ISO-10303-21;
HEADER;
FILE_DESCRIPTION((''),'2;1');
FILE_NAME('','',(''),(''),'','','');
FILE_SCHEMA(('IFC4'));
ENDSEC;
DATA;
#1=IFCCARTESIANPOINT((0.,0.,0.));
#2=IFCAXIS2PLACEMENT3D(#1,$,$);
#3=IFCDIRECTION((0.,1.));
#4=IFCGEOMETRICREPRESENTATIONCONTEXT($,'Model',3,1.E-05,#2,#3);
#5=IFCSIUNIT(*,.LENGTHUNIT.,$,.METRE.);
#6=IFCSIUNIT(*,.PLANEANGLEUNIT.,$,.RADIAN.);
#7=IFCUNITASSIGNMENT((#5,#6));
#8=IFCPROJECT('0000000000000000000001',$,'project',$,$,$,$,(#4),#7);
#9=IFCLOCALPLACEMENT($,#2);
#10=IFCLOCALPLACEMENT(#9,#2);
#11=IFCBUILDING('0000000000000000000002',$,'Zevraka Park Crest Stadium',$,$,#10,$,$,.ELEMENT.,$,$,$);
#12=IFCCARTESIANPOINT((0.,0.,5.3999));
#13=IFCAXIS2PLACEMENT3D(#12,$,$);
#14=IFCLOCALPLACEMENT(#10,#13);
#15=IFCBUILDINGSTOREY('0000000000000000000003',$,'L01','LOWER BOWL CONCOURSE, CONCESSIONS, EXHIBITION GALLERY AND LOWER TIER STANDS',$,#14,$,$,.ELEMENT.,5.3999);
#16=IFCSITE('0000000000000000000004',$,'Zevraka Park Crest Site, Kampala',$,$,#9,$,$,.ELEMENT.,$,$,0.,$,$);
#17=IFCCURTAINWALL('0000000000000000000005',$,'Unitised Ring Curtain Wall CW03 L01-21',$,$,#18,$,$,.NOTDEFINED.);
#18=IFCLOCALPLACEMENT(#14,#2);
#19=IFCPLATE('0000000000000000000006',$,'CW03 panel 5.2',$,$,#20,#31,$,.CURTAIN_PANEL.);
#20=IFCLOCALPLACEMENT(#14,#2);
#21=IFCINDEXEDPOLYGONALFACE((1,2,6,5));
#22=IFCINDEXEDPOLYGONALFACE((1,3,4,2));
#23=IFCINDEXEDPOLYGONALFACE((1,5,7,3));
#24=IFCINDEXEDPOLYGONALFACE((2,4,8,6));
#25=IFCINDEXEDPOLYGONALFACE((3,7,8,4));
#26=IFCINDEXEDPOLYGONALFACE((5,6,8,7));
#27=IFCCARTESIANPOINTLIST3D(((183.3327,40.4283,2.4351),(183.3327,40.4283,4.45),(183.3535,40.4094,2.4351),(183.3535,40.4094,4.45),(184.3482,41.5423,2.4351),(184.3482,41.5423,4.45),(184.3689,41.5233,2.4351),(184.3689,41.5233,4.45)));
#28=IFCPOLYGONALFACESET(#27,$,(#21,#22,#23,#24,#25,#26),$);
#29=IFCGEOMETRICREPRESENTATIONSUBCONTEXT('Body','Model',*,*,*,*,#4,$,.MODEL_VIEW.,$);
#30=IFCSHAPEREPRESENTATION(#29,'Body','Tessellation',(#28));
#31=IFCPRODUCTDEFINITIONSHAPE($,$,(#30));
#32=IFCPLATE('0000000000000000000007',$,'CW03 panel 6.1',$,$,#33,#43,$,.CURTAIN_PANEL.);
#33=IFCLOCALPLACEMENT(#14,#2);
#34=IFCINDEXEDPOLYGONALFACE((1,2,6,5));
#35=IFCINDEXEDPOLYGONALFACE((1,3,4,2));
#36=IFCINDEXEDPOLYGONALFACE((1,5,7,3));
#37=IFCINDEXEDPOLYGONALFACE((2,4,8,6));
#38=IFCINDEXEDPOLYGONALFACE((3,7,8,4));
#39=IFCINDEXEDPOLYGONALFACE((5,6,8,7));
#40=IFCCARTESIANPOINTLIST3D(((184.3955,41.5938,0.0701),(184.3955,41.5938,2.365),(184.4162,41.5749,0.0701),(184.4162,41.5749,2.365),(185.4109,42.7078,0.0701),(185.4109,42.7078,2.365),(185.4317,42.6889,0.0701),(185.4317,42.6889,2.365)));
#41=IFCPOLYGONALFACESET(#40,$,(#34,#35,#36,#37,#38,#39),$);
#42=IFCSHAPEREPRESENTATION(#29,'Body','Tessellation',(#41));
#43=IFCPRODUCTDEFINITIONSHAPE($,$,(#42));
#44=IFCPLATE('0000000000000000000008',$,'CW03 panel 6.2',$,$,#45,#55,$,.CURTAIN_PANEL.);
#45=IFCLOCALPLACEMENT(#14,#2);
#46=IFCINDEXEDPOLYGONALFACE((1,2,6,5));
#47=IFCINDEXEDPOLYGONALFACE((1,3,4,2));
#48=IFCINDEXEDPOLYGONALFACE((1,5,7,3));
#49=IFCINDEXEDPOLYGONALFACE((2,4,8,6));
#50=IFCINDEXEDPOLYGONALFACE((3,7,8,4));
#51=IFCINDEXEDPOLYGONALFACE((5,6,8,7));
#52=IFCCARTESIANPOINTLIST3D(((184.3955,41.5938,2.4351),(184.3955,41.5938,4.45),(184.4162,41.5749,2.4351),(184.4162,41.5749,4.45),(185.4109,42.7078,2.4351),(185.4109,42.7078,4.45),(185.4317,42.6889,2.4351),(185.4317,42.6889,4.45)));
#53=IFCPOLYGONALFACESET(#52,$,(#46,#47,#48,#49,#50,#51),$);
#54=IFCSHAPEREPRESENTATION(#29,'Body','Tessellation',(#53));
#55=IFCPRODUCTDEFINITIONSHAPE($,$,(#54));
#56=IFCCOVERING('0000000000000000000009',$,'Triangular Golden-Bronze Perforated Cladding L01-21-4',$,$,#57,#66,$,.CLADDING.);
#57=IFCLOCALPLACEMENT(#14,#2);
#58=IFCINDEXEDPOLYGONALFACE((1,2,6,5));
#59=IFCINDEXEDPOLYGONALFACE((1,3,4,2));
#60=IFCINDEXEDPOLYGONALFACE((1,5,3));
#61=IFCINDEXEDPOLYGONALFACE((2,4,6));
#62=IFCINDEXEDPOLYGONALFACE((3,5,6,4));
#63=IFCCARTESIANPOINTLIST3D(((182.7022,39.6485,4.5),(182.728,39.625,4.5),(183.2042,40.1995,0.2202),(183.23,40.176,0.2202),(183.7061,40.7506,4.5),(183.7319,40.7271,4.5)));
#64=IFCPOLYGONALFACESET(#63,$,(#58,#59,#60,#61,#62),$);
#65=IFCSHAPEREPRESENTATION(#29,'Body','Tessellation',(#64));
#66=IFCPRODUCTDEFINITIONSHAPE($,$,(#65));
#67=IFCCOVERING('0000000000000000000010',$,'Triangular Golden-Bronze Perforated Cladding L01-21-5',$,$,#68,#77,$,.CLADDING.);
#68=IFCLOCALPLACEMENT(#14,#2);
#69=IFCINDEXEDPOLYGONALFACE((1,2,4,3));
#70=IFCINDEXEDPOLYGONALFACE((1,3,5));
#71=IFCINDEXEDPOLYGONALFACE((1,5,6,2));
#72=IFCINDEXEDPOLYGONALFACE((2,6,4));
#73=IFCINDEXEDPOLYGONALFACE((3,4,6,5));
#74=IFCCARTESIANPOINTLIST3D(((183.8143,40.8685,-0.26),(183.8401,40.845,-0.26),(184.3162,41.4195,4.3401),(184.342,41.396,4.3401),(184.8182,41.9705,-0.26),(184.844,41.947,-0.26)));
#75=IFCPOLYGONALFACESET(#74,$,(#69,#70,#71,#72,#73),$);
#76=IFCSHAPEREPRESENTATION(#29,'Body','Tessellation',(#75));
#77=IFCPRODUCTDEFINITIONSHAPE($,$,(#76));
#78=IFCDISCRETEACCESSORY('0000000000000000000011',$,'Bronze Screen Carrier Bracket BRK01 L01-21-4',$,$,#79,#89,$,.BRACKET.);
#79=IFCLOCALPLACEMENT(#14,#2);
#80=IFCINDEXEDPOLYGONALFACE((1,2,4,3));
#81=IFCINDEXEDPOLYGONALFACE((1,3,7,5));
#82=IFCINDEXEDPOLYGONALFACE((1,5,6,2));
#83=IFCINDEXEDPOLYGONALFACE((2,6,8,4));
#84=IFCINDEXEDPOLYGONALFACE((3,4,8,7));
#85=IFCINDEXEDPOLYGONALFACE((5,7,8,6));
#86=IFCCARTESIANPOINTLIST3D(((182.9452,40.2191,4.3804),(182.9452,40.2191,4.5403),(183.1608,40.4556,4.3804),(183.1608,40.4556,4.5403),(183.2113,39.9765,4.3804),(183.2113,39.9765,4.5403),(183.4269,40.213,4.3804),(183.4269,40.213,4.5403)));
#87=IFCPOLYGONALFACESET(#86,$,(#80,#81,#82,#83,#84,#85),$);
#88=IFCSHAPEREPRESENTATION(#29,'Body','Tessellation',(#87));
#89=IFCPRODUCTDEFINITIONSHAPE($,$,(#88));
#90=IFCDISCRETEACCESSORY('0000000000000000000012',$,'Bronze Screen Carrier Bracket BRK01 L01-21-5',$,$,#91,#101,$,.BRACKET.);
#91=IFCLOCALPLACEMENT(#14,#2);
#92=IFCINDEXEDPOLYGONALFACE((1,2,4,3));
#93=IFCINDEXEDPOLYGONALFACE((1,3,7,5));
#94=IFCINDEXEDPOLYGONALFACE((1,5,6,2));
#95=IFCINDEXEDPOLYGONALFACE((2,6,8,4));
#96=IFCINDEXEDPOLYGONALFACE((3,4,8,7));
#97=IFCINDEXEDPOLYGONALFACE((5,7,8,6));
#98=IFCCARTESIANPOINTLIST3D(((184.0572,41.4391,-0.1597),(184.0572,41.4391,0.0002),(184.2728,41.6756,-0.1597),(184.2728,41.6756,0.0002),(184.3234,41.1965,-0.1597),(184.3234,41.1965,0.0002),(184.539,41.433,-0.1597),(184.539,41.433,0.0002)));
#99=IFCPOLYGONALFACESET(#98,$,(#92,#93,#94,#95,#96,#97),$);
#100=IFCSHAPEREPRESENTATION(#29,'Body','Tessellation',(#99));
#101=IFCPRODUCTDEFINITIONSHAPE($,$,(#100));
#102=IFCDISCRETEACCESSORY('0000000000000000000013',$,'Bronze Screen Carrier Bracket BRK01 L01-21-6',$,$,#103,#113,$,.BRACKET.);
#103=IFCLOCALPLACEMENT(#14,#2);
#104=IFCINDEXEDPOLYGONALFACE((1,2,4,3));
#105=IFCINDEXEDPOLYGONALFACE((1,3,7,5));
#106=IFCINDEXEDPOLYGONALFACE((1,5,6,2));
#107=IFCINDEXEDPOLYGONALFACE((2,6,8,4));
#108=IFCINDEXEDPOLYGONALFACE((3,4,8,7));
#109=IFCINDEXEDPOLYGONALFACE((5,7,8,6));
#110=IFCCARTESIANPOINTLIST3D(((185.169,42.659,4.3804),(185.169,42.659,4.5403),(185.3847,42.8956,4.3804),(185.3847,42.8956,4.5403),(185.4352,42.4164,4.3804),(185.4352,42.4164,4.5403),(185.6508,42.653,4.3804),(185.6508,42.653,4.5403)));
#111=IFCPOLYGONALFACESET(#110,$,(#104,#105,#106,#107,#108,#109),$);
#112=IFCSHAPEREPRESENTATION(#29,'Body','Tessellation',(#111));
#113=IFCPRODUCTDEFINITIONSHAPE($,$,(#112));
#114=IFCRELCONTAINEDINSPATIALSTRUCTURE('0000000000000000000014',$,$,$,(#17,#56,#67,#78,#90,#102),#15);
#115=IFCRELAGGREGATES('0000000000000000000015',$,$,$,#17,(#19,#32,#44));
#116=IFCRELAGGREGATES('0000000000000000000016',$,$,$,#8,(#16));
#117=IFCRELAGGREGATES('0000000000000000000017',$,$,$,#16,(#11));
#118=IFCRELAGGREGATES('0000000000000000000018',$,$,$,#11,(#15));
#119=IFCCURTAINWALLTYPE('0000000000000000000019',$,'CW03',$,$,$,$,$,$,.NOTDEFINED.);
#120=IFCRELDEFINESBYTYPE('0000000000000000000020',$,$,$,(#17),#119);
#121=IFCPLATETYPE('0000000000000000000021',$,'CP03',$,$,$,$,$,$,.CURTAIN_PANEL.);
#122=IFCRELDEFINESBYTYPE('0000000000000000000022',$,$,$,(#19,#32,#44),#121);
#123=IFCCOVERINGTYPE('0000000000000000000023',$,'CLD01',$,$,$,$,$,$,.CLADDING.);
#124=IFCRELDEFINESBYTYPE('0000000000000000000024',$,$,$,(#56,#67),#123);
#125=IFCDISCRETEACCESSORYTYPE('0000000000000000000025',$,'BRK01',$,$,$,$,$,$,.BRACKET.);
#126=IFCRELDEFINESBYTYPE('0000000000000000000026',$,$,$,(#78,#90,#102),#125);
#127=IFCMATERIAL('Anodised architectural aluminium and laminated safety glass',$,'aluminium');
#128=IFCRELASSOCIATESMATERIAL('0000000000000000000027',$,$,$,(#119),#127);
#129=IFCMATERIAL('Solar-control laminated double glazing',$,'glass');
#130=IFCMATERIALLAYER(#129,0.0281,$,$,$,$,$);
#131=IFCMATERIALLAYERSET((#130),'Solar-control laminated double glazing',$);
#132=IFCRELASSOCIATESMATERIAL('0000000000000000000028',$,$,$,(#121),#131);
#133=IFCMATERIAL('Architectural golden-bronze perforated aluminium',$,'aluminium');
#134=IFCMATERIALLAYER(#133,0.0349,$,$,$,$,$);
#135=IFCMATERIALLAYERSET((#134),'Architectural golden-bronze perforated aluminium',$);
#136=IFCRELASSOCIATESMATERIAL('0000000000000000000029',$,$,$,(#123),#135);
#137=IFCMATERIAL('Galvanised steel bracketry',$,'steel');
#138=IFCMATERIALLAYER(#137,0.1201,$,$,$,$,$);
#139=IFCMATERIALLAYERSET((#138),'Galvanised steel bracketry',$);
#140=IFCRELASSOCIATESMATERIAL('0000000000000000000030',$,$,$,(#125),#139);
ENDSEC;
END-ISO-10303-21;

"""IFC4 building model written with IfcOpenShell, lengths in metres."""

from ifc_helpers import new_model, si_unit, direction, frame, origin, origin_2d, place, context, subcontext, project, spatial, polyline, rectangle, outline, extrude, material, layer, layer_set, type_object, element, aggregate, save


model = new_model("IFC4")

# Units and contexts
model_context = context("Model", 3, precision=1e-05, world=origin(), true_north=direction((0.0, 1.0)))
body_context = subcontext(model_context, "Body", "Model", "MODEL_VIEW")
ifc_project = project(units=[si_unit("LENGTHUNIT", "METRE"), si_unit("PLANEANGLEUNIT", "RADIAN")], contexts=[model_context])

# Site, building, storey
site_placement = place(None, origin())
site = spatial("IfcSite", under=ifc_project, at=site_placement, Name="Zevraka Park Crest Site, Kampala", CompositionType="ELEMENT", RefElevation=0.0)
building_placement = place(site_placement, origin())
building = spatial("IfcBuilding", under=site, at=building_placement, Name="Zevraka Park Crest Stadium", CompositionType="ELEMENT")
storey_placement = place(building_placement, frame((0.0, 0.0, 5.3999)))
storey = spatial("IfcBuildingStorey", under=building, at=storey_placement, Name="L01", Description="LOWER BOWL CONCOURSE, CONCESSIONS, EXHIBITION GALLERY AND LOWER TIER STANDS", CompositionType="ELEMENT", Elevation=5.3999)

# Curtain wall, plates
ifc_material_1 = material(Name="Anodised architectural aluminium and laminated safety glass", Category="aluminium")
curtain_wall_type = type_object("IfcCurtainWallType", Name="CW03", PredefinedType="NOTDEFINED", material=ifc_material_1)
curtain_wall_placement = place(storey_placement, origin())
curtain_wall = element("IfcCurtainWall", 1, at=curtain_wall_placement, inside=storey, type_object=curtain_wall_type, Name="Unitised Ring Curtain Wall CW03 L01-21", PredefinedType="NOTDEFINED")
ifc_material_2 = material(Name="Solar-control laminated double glazing", Category="glass")
ifc_layer_1 = layer(ifc_material_2, 0.0281)
ifc_layer_set_1 = layer_set([ifc_layer_1], Name="Solar-control laminated double glazing")
plate_type = type_object("IfcPlateType", Name="CP03", PredefinedType="CURTAIN_PANEL", material=ifc_layer_set_1)
plate_1_placement = place(storey_placement, frame((183.8508, 40.9758, 2.4351), z_axis=(0.0, 0.0, 1.0), x_axis=(0.67368, 0.739023, 0.0)))
plate_1 = element("IfcPlate", 2, at=plate_1_placement, type_object=plate_type, Name="CW03 panel 5.2", PredefinedType="CURTAIN_PANEL", context=body_context, shape_type="SweptSolid", body=[
    extrude(rectangle(XDim=1.5073, YDim=0.0281, at=origin_2d()), origin(), (0.0, 0.0, 1.0), 2.0149),
])
plate_2_placement = place(storey_placement, frame((184.9136, 42.1414, 0.0701), z_axis=(0.0, 0.0, 1.0), x_axis=(0.67368, 0.739023, 0.0)))
plate_2 = element("IfcPlate", 3, at=plate_2_placement, type_object=plate_type, Name="CW03 panel 6.1", PredefinedType="CURTAIN_PANEL", context=body_context, shape_type="SweptSolid", body=[
    extrude(rectangle(XDim=1.5073, YDim=0.0281, at=origin_2d()), origin(), (0.0, 0.0, 1.0), 2.2949),
])
plate_3_placement = place(storey_placement, frame((184.9136, 42.1414, 2.4351), z_axis=(0.0, 0.0, 1.0), x_axis=(0.67368, 0.739023, 0.0)))
plate_3 = element("IfcPlate", 4, at=plate_3_placement, type_object=plate_type, Name="CW03 panel 6.2", PredefinedType="CURTAIN_PANEL", context=body_context, shape_type="SweptSolid", body=[
    extrude(rectangle(XDim=1.5073, YDim=0.0281, at=origin_2d()), origin(), (0.0, 0.0, 1.0), 2.0149),
])
aggregate(curtain_wall, [plate_1, plate_2, plate_3])

# Coverings
ifc_material_3 = material(Name="Architectural golden-bronze perforated aluminium", Category="aluminium")
ifc_layer_2 = layer(ifc_material_3, 0.0349)
ifc_layer_set_2 = layer_set([ifc_layer_2], Name="Architectural golden-bronze perforated aluminium")
covering_type = type_object("IfcCoveringType", Name="CLD01", PredefinedType="CLADDING", material=ifc_layer_set_2)
covering_1_placement = place(storey_placement, frame((183.7319, 40.7271, 4.5), z_axis=(0.739258, -0.673422, 0.0), x_axis=(-0.673422, -0.739258, 0.0)))
element("IfcCovering", 5, at=covering_1_placement, inside=storey, type_object=covering_type, Name="Triangular Golden-Bronze Perforated Cladding L01-21-4", PredefinedType="CLADDING", context=body_context, shape_type="SweptSolid", body=[
    extrude(outline(polyline([(0.0, 0.0), (1.4908, 0.0), (0.7454, 4.2798), (0.0, 0.0)])), origin(), (0.0, 0.0, -1.0), 0.0349),
])
covering_2_placement = place(storey_placement, frame((183.8401, 40.845, -0.26), z_axis=(0.739258, -0.673422, 0.0), x_axis=(0.673422, 0.739258, 0.0)))
element("IfcCovering", 6, at=covering_2_placement, inside=storey, type_object=covering_type, Name="Triangular Golden-Bronze Perforated Cladding L01-21-5", PredefinedType="CLADDING", context=body_context, shape_type="SweptSolid", body=[
    extrude(outline(polyline([(0.0, 0.0), (1.4908, 0.0), (0.7454, 4.6001), (0.0, 0.0)])), origin(), (0.0, 0.0, -1.0), 0.0349),
])

# Discrete accessories
ifc_material_4 = material(Name="Galvanised steel bracketry", Category="steel")
ifc_layer_3 = layer(ifc_material_4, 0.1201)
ifc_layer_set_3 = layer_set([ifc_layer_3], Name="Galvanised steel bracketry")
discrete_accessory_type = type_object("IfcDiscreteAccessoryType", Name="BRK01", PredefinedType="BRACKET", material=ifc_layer_set_3)
for number, where, z_axis, x_axis, name in (
    (7, (183.186, 40.2161, 4.3804), (0.0, 0.0, 1.0), (0.673658, 0.739043, 0.0), "Bronze Screen Carrier Bracket BRK01 L01-21-4"),
    (8, (184.2981, 41.436, -0.1597), (0.0, 0.0, 1.0), (0.673658, 0.739043, 0.0), "Bronze Screen Carrier Bracket BRK01 L01-21-5"),
    (9, (185.4099, 42.656, 4.3804), (0.0, 0.0, 1.0), (0.673658, 0.739043, 0.0), "Bronze Screen Carrier Bracket BRK01 L01-21-6"),
):
    element("IfcDiscreteAccessory", number, at=place(storey_placement, frame(where, z_axis=z_axis, x_axis=x_axis)), inside=storey, type_object=discrete_accessory_type, Name=name, PredefinedType="BRACKET", context=body_context, shape_type="SweptSolid", body=[
        extrude(rectangle(XDim=0.3201, YDim=0.3601, at=origin_2d()), origin(), (0.0, 0.0, 1.0), 0.1599),
    ])

save(model, "model.ifc")
